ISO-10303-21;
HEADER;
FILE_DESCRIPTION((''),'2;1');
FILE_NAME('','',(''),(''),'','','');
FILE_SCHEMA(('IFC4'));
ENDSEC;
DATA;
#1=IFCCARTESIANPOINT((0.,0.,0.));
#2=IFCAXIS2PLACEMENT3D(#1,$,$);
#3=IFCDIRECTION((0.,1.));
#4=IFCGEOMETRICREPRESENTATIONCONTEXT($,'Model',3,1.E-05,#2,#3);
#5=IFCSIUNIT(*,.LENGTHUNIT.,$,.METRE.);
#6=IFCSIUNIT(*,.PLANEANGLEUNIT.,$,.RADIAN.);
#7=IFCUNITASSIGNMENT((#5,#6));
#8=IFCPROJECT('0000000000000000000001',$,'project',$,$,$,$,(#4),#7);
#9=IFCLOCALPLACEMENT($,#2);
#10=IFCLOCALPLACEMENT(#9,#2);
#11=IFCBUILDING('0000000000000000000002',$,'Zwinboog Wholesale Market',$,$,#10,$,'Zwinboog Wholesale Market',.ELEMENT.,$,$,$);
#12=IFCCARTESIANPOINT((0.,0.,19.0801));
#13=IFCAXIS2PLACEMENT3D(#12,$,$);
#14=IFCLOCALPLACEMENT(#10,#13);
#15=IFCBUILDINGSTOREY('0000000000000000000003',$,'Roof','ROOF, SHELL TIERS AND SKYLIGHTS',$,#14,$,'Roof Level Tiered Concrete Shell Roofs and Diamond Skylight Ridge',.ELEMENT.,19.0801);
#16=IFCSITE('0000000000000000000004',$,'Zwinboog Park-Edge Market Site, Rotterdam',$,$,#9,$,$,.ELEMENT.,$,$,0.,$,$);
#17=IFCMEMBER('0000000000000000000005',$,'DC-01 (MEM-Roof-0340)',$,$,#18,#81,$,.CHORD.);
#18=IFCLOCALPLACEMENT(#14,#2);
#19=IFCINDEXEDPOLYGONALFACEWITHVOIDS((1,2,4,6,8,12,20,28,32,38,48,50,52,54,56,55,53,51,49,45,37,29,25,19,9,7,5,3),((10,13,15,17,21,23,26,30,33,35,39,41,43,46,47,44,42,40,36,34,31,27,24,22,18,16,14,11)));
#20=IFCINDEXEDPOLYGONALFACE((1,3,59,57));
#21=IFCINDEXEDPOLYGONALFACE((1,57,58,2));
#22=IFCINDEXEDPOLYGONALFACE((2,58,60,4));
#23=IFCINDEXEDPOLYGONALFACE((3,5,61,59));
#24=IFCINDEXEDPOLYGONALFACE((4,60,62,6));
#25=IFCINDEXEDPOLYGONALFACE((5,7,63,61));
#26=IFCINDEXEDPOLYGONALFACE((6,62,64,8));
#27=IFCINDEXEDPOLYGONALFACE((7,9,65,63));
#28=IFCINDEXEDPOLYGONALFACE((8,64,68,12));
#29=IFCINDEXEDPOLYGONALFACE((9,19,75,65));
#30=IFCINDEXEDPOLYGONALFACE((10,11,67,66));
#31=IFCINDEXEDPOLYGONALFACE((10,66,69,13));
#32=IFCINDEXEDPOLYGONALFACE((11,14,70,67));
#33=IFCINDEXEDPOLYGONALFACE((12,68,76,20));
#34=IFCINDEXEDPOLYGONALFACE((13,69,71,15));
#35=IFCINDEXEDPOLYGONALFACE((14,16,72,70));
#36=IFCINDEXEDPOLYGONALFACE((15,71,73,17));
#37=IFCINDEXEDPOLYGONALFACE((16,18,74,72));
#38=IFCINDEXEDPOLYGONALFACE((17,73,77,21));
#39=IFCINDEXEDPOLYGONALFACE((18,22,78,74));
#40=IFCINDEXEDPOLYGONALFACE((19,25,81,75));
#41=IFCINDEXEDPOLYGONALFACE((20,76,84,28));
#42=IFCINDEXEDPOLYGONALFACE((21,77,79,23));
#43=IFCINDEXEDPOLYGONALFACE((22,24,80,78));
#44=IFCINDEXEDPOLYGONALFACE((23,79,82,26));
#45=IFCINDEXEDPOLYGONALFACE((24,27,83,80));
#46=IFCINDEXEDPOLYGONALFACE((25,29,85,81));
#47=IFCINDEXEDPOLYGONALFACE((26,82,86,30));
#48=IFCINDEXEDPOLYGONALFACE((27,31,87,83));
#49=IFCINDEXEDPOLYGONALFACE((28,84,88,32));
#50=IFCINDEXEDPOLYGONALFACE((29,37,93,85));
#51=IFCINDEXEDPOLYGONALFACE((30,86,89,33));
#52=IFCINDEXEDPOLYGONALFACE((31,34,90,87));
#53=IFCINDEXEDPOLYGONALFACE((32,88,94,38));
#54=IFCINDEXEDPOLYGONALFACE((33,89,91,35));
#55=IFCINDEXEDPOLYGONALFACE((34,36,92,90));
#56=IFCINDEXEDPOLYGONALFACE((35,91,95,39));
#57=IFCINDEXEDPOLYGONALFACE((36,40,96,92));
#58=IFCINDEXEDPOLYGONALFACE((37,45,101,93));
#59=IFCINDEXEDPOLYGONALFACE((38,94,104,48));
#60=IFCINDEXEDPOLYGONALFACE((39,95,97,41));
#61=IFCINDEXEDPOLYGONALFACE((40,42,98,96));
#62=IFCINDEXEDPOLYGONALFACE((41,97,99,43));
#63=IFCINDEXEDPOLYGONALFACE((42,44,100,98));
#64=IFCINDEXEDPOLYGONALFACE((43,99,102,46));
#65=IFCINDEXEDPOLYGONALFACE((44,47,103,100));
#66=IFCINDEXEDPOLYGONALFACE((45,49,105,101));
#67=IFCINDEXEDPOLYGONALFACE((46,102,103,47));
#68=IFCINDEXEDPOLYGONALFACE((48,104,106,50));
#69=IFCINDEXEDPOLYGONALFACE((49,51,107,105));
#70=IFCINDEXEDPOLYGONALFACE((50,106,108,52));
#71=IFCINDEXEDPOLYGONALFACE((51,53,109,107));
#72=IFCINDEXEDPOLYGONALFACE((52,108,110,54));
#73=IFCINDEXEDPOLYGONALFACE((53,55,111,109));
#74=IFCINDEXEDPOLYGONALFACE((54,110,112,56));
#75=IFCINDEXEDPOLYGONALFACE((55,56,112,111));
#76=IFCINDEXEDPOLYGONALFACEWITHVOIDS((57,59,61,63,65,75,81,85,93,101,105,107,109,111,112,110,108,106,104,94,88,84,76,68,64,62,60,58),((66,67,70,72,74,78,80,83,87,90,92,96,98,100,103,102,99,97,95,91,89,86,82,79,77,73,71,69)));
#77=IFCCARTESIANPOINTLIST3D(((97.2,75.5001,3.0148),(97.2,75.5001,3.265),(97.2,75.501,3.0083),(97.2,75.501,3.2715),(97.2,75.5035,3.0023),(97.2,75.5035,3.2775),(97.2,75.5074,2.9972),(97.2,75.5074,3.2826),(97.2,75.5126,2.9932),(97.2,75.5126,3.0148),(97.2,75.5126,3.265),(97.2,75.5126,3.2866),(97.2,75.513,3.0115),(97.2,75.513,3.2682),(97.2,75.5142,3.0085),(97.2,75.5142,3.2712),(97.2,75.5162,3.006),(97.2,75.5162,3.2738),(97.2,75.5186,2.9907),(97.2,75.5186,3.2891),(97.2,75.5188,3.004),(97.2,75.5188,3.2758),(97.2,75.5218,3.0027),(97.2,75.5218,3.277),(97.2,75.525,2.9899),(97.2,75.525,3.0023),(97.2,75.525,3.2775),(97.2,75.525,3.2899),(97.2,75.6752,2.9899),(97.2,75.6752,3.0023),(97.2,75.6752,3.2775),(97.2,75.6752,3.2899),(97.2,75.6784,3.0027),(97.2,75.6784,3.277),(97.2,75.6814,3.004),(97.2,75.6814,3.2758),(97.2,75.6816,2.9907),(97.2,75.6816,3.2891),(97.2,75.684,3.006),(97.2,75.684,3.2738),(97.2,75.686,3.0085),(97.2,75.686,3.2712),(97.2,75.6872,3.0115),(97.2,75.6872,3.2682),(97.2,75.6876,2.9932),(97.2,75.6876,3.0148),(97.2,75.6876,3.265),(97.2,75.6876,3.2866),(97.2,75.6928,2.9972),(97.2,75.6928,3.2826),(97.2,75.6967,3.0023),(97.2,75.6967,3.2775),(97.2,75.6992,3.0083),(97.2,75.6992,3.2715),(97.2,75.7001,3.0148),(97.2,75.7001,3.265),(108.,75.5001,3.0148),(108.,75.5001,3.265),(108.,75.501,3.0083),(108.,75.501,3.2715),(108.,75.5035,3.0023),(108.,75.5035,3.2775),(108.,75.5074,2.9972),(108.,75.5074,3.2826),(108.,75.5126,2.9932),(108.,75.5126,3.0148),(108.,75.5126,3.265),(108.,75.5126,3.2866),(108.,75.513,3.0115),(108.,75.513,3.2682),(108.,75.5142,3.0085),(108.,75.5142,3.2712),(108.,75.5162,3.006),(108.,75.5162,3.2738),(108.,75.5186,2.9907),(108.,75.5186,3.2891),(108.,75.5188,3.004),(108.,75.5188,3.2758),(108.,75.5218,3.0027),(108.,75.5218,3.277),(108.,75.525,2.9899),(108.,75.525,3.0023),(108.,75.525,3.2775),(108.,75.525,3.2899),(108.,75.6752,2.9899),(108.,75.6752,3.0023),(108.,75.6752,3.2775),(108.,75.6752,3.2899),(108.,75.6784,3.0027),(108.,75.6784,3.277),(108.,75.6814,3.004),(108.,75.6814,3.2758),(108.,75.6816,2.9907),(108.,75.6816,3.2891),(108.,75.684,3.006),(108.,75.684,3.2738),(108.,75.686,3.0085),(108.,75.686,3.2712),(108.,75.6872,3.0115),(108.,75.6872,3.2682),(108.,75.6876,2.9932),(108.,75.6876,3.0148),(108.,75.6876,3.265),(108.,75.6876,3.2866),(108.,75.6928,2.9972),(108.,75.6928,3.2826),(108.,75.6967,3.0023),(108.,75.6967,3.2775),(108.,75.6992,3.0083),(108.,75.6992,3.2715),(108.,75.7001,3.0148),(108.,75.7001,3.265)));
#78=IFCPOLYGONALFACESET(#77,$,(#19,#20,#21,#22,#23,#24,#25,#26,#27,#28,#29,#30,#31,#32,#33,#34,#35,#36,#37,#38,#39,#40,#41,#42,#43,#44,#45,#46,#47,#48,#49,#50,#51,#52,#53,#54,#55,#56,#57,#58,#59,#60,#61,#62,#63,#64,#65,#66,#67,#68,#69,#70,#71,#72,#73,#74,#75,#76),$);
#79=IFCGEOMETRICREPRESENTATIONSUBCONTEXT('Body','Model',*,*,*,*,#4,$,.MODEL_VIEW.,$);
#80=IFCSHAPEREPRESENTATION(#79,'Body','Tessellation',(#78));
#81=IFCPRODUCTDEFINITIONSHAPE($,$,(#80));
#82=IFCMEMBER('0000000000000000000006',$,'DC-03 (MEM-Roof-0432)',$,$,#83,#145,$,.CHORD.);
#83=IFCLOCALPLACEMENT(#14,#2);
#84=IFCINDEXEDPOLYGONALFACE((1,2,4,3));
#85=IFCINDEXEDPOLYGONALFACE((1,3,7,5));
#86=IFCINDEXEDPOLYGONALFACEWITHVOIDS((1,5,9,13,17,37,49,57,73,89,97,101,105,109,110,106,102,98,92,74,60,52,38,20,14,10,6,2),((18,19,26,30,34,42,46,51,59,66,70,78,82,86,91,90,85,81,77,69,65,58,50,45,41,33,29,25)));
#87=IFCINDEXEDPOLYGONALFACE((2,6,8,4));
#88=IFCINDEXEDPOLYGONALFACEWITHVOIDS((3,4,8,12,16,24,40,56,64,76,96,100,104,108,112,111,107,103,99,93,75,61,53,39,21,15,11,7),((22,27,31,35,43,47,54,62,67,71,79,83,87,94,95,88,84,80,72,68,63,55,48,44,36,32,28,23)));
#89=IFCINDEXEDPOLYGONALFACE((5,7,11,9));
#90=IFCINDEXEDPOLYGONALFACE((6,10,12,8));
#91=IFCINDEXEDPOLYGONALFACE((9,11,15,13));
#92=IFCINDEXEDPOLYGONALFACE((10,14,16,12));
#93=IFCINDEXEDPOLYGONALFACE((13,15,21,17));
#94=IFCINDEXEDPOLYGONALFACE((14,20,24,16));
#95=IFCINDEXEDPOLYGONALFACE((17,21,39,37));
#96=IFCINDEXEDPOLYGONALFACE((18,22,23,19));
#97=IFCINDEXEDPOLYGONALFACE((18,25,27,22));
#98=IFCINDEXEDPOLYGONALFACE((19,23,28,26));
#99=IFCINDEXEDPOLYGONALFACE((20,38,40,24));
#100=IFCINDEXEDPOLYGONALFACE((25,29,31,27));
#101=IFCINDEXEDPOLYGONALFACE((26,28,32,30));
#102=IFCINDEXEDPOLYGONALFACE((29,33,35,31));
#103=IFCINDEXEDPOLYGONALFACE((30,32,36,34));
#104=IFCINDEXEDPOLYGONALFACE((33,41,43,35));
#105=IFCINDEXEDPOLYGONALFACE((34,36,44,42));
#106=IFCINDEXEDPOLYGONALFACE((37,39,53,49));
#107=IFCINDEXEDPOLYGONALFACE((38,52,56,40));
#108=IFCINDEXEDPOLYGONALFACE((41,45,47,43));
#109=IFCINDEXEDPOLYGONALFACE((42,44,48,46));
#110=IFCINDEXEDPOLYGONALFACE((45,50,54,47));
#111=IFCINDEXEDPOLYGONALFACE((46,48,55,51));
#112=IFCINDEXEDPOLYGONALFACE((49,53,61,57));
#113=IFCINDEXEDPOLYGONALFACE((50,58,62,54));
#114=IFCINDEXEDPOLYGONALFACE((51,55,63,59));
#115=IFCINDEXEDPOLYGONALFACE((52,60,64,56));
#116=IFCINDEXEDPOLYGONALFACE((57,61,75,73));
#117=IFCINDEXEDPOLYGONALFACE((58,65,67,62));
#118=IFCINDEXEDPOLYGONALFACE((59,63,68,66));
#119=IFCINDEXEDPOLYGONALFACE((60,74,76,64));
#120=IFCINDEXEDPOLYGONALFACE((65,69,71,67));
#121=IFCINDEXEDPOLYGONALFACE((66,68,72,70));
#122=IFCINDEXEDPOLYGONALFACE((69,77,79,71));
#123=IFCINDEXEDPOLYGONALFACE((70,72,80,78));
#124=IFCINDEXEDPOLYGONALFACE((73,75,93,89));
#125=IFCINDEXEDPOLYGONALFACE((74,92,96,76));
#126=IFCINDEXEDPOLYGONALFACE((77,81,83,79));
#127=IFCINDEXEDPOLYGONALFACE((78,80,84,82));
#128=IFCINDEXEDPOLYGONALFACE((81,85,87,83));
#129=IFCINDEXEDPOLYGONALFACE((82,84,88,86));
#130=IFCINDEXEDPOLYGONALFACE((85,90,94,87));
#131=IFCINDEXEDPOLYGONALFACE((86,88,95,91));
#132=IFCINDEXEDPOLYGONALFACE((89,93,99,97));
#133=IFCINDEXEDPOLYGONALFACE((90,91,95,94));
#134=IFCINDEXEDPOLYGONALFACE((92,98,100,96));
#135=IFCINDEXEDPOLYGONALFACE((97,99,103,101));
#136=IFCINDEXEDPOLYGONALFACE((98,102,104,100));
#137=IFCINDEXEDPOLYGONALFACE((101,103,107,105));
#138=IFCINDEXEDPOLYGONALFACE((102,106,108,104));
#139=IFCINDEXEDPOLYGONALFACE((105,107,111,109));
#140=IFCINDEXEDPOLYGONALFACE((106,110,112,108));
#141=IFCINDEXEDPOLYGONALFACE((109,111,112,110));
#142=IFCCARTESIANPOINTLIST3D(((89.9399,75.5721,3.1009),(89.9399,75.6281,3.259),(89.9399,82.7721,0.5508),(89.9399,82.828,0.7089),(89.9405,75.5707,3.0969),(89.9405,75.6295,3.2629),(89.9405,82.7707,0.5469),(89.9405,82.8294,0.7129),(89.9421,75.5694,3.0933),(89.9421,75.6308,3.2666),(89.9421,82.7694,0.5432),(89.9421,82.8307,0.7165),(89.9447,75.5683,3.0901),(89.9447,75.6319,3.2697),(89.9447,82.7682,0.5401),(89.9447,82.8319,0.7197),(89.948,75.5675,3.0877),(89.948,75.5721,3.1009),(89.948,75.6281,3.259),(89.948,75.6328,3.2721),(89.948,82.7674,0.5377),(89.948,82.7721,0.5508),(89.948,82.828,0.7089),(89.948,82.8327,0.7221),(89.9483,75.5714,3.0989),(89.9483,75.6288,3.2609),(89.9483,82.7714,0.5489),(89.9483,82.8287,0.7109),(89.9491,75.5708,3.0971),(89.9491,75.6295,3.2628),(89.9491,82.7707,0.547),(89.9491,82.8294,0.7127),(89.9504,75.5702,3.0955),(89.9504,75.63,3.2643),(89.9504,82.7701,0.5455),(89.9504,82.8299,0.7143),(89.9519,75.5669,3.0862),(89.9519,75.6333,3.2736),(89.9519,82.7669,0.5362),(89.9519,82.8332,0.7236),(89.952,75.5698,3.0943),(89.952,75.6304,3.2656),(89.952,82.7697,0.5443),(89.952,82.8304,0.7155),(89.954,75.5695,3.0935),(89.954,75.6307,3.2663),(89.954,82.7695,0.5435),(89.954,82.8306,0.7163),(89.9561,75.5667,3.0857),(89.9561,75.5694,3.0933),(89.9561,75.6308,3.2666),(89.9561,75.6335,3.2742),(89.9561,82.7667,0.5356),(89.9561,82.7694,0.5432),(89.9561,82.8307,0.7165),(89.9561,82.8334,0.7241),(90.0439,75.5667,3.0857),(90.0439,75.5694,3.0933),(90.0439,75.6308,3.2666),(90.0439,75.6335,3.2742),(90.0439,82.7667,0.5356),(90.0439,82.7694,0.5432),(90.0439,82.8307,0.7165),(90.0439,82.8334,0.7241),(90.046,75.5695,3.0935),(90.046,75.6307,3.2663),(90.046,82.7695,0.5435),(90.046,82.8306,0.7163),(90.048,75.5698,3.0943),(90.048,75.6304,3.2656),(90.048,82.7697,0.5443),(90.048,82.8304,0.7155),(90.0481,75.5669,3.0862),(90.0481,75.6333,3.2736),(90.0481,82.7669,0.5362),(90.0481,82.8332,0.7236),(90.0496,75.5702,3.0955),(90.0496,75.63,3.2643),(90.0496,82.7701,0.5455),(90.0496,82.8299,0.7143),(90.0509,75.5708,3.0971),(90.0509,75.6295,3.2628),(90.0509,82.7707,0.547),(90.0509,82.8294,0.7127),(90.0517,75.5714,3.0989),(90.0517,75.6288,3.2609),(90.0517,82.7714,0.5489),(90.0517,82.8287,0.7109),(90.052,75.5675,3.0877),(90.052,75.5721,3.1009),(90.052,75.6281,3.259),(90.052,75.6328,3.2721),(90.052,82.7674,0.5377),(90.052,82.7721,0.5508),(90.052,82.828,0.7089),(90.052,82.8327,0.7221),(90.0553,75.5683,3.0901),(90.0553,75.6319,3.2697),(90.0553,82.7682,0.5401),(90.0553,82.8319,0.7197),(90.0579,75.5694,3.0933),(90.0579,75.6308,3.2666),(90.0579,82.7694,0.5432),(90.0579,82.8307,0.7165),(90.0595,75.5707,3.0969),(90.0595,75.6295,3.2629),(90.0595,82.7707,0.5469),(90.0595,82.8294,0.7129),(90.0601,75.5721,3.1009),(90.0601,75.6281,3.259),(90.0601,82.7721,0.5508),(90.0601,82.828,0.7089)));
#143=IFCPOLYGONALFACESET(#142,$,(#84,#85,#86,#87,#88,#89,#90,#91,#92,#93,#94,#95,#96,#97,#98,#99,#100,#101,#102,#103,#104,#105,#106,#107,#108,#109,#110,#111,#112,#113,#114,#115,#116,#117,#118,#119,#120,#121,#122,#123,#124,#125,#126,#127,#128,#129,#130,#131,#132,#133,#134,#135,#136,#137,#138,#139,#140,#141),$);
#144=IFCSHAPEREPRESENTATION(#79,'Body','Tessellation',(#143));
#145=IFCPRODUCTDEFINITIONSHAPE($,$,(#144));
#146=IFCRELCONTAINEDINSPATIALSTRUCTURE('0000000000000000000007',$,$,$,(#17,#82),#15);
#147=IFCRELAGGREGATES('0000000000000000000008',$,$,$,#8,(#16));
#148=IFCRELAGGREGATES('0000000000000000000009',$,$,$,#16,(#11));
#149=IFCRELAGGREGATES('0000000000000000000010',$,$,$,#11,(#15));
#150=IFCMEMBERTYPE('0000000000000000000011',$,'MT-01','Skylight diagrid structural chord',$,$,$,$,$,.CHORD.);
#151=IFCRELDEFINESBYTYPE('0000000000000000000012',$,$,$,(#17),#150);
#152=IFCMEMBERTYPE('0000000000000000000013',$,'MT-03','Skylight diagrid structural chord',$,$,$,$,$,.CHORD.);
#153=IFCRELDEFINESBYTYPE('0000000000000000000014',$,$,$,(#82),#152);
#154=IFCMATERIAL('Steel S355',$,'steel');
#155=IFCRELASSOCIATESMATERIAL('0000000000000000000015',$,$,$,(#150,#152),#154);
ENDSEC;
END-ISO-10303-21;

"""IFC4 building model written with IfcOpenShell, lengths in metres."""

from ifc_helpers import new_model, si_unit, direction, frame, origin, origin_2d, place, context, subcontext, project, spatial, hollow_rectangle, extrude, material, material_profile, profile_set, type_object, element, save


model = new_model("IFC4")

# Units and contexts
model_context = context("Model", 3, precision=1e-05, world=origin(), true_north=direction((0.0, 1.0)))
body_context = subcontext(model_context, "Body", "Model", "MODEL_VIEW")
ifc_project = project(units=[si_unit("LENGTHUNIT", "METRE"), si_unit("PLANEANGLEUNIT", "RADIAN")], contexts=[model_context])

# Site, building, storey
site_placement = place(None, origin())
site = spatial("IfcSite", under=ifc_project, at=site_placement, Name="Zwinboog Park-Edge Market Site, Rotterdam", CompositionType="ELEMENT", RefElevation=0.0)
building_placement = place(site_placement, origin())
building = spatial("IfcBuilding", under=site, at=building_placement, Name="Zwinboog Wholesale Market", LongName="Zwinboog Wholesale Market", CompositionType="ELEMENT")
storey_placement = place(building_placement, frame((0.0, 0.0, 19.0801)))
storey = spatial("IfcBuildingStorey", under=building, at=storey_placement, Name="Roof", Description="ROOF, SHELL TIERS AND SKYLIGHTS", LongName="Roof Level Tiered Concrete Shell Roofs and Diamond Skylight Ridge", CompositionType="ELEMENT", Elevation=19.0801)

# Members
ifc_material_1 = material(Name="Steel S355", Category="steel")
ifc_material_profile_1 = material_profile(ifc_material_1, hollow_rectangle(XDim=0.2, YDim=0.3, WallThickness=0.0125, InnerFilletRadius=0.0125, OuterFilletRadius=0.0249, at=origin_2d()), Name="RHS 300x200x12.5")
ifc_profile_set_1 = profile_set([ifc_material_profile_1], Name="Steel S355")
member_type_1 = type_object("IfcMemberType", Name="MT-01", Description="Skylight diagrid structural chord", PredefinedType="CHORD", material=ifc_profile_set_1)
member_1_placement = place(storey_placement, frame((97.2, 75.6001, 3.1399), z_axis=(1.0, 0.0, 0.0), x_axis=(0.0, 1.0, 0.0)))
element("IfcMember", 1, at=member_1_placement, inside=storey, type_object=member_type_1, Name="DC-01 (MEM-Roof-0340)", PredefinedType="CHORD", context=body_context, shape_type="SweptSolid", body=[
    extrude(hollow_rectangle(XDim=0.2, YDim=0.3, WallThickness=0.0125, InnerFilletRadius=0.0125, OuterFilletRadius=0.0249, at=origin_2d()), origin(), (0.0, 0.0, 1.0), 10.8),
])
ifc_material_profile_2 = material_profile(ifc_material_1, hollow_rectangle(XDim=0.1201, YDim=0.2, WallThickness=0.0081, InnerFilletRadius=0.0081, OuterFilletRadius=0.0161, at=origin_2d()), Name="RHS 200x120x8")
ifc_profile_set_2 = profile_set([ifc_material_profile_2], Name="Steel S355")
member_type_2 = type_object("IfcMemberType", Name="MT-03", Description="Skylight diagrid structural chord", PredefinedType="CHORD", material=ifc_profile_set_2)
for number, where, z_axis, x_axis, name in (
    (2, (90.0, 82.8, 0.6299), (0.0, -0.942625, 0.333855), (1.0, 0.0, 0.0), "DC-03 (MEM-Roof-0432)"),
):
    element("IfcMember", number, at=place(storey_placement, frame(where, z_axis=z_axis, x_axis=x_axis)), inside=storey, type_object=member_type_2, Name=name, PredefinedType="CHORD", context=body_context, shape_type="SweptSolid", body=[
        extrude(hollow_rectangle(XDim=0.1201, YDim=0.2, WallThickness=0.0081, InnerFilletRadius=0.0081, OuterFilletRadius=0.0161, at=origin_2d()), origin(), (0.0, 0.0, 1.0), 7.6382),
    ])

save(model, "model.ifc")
